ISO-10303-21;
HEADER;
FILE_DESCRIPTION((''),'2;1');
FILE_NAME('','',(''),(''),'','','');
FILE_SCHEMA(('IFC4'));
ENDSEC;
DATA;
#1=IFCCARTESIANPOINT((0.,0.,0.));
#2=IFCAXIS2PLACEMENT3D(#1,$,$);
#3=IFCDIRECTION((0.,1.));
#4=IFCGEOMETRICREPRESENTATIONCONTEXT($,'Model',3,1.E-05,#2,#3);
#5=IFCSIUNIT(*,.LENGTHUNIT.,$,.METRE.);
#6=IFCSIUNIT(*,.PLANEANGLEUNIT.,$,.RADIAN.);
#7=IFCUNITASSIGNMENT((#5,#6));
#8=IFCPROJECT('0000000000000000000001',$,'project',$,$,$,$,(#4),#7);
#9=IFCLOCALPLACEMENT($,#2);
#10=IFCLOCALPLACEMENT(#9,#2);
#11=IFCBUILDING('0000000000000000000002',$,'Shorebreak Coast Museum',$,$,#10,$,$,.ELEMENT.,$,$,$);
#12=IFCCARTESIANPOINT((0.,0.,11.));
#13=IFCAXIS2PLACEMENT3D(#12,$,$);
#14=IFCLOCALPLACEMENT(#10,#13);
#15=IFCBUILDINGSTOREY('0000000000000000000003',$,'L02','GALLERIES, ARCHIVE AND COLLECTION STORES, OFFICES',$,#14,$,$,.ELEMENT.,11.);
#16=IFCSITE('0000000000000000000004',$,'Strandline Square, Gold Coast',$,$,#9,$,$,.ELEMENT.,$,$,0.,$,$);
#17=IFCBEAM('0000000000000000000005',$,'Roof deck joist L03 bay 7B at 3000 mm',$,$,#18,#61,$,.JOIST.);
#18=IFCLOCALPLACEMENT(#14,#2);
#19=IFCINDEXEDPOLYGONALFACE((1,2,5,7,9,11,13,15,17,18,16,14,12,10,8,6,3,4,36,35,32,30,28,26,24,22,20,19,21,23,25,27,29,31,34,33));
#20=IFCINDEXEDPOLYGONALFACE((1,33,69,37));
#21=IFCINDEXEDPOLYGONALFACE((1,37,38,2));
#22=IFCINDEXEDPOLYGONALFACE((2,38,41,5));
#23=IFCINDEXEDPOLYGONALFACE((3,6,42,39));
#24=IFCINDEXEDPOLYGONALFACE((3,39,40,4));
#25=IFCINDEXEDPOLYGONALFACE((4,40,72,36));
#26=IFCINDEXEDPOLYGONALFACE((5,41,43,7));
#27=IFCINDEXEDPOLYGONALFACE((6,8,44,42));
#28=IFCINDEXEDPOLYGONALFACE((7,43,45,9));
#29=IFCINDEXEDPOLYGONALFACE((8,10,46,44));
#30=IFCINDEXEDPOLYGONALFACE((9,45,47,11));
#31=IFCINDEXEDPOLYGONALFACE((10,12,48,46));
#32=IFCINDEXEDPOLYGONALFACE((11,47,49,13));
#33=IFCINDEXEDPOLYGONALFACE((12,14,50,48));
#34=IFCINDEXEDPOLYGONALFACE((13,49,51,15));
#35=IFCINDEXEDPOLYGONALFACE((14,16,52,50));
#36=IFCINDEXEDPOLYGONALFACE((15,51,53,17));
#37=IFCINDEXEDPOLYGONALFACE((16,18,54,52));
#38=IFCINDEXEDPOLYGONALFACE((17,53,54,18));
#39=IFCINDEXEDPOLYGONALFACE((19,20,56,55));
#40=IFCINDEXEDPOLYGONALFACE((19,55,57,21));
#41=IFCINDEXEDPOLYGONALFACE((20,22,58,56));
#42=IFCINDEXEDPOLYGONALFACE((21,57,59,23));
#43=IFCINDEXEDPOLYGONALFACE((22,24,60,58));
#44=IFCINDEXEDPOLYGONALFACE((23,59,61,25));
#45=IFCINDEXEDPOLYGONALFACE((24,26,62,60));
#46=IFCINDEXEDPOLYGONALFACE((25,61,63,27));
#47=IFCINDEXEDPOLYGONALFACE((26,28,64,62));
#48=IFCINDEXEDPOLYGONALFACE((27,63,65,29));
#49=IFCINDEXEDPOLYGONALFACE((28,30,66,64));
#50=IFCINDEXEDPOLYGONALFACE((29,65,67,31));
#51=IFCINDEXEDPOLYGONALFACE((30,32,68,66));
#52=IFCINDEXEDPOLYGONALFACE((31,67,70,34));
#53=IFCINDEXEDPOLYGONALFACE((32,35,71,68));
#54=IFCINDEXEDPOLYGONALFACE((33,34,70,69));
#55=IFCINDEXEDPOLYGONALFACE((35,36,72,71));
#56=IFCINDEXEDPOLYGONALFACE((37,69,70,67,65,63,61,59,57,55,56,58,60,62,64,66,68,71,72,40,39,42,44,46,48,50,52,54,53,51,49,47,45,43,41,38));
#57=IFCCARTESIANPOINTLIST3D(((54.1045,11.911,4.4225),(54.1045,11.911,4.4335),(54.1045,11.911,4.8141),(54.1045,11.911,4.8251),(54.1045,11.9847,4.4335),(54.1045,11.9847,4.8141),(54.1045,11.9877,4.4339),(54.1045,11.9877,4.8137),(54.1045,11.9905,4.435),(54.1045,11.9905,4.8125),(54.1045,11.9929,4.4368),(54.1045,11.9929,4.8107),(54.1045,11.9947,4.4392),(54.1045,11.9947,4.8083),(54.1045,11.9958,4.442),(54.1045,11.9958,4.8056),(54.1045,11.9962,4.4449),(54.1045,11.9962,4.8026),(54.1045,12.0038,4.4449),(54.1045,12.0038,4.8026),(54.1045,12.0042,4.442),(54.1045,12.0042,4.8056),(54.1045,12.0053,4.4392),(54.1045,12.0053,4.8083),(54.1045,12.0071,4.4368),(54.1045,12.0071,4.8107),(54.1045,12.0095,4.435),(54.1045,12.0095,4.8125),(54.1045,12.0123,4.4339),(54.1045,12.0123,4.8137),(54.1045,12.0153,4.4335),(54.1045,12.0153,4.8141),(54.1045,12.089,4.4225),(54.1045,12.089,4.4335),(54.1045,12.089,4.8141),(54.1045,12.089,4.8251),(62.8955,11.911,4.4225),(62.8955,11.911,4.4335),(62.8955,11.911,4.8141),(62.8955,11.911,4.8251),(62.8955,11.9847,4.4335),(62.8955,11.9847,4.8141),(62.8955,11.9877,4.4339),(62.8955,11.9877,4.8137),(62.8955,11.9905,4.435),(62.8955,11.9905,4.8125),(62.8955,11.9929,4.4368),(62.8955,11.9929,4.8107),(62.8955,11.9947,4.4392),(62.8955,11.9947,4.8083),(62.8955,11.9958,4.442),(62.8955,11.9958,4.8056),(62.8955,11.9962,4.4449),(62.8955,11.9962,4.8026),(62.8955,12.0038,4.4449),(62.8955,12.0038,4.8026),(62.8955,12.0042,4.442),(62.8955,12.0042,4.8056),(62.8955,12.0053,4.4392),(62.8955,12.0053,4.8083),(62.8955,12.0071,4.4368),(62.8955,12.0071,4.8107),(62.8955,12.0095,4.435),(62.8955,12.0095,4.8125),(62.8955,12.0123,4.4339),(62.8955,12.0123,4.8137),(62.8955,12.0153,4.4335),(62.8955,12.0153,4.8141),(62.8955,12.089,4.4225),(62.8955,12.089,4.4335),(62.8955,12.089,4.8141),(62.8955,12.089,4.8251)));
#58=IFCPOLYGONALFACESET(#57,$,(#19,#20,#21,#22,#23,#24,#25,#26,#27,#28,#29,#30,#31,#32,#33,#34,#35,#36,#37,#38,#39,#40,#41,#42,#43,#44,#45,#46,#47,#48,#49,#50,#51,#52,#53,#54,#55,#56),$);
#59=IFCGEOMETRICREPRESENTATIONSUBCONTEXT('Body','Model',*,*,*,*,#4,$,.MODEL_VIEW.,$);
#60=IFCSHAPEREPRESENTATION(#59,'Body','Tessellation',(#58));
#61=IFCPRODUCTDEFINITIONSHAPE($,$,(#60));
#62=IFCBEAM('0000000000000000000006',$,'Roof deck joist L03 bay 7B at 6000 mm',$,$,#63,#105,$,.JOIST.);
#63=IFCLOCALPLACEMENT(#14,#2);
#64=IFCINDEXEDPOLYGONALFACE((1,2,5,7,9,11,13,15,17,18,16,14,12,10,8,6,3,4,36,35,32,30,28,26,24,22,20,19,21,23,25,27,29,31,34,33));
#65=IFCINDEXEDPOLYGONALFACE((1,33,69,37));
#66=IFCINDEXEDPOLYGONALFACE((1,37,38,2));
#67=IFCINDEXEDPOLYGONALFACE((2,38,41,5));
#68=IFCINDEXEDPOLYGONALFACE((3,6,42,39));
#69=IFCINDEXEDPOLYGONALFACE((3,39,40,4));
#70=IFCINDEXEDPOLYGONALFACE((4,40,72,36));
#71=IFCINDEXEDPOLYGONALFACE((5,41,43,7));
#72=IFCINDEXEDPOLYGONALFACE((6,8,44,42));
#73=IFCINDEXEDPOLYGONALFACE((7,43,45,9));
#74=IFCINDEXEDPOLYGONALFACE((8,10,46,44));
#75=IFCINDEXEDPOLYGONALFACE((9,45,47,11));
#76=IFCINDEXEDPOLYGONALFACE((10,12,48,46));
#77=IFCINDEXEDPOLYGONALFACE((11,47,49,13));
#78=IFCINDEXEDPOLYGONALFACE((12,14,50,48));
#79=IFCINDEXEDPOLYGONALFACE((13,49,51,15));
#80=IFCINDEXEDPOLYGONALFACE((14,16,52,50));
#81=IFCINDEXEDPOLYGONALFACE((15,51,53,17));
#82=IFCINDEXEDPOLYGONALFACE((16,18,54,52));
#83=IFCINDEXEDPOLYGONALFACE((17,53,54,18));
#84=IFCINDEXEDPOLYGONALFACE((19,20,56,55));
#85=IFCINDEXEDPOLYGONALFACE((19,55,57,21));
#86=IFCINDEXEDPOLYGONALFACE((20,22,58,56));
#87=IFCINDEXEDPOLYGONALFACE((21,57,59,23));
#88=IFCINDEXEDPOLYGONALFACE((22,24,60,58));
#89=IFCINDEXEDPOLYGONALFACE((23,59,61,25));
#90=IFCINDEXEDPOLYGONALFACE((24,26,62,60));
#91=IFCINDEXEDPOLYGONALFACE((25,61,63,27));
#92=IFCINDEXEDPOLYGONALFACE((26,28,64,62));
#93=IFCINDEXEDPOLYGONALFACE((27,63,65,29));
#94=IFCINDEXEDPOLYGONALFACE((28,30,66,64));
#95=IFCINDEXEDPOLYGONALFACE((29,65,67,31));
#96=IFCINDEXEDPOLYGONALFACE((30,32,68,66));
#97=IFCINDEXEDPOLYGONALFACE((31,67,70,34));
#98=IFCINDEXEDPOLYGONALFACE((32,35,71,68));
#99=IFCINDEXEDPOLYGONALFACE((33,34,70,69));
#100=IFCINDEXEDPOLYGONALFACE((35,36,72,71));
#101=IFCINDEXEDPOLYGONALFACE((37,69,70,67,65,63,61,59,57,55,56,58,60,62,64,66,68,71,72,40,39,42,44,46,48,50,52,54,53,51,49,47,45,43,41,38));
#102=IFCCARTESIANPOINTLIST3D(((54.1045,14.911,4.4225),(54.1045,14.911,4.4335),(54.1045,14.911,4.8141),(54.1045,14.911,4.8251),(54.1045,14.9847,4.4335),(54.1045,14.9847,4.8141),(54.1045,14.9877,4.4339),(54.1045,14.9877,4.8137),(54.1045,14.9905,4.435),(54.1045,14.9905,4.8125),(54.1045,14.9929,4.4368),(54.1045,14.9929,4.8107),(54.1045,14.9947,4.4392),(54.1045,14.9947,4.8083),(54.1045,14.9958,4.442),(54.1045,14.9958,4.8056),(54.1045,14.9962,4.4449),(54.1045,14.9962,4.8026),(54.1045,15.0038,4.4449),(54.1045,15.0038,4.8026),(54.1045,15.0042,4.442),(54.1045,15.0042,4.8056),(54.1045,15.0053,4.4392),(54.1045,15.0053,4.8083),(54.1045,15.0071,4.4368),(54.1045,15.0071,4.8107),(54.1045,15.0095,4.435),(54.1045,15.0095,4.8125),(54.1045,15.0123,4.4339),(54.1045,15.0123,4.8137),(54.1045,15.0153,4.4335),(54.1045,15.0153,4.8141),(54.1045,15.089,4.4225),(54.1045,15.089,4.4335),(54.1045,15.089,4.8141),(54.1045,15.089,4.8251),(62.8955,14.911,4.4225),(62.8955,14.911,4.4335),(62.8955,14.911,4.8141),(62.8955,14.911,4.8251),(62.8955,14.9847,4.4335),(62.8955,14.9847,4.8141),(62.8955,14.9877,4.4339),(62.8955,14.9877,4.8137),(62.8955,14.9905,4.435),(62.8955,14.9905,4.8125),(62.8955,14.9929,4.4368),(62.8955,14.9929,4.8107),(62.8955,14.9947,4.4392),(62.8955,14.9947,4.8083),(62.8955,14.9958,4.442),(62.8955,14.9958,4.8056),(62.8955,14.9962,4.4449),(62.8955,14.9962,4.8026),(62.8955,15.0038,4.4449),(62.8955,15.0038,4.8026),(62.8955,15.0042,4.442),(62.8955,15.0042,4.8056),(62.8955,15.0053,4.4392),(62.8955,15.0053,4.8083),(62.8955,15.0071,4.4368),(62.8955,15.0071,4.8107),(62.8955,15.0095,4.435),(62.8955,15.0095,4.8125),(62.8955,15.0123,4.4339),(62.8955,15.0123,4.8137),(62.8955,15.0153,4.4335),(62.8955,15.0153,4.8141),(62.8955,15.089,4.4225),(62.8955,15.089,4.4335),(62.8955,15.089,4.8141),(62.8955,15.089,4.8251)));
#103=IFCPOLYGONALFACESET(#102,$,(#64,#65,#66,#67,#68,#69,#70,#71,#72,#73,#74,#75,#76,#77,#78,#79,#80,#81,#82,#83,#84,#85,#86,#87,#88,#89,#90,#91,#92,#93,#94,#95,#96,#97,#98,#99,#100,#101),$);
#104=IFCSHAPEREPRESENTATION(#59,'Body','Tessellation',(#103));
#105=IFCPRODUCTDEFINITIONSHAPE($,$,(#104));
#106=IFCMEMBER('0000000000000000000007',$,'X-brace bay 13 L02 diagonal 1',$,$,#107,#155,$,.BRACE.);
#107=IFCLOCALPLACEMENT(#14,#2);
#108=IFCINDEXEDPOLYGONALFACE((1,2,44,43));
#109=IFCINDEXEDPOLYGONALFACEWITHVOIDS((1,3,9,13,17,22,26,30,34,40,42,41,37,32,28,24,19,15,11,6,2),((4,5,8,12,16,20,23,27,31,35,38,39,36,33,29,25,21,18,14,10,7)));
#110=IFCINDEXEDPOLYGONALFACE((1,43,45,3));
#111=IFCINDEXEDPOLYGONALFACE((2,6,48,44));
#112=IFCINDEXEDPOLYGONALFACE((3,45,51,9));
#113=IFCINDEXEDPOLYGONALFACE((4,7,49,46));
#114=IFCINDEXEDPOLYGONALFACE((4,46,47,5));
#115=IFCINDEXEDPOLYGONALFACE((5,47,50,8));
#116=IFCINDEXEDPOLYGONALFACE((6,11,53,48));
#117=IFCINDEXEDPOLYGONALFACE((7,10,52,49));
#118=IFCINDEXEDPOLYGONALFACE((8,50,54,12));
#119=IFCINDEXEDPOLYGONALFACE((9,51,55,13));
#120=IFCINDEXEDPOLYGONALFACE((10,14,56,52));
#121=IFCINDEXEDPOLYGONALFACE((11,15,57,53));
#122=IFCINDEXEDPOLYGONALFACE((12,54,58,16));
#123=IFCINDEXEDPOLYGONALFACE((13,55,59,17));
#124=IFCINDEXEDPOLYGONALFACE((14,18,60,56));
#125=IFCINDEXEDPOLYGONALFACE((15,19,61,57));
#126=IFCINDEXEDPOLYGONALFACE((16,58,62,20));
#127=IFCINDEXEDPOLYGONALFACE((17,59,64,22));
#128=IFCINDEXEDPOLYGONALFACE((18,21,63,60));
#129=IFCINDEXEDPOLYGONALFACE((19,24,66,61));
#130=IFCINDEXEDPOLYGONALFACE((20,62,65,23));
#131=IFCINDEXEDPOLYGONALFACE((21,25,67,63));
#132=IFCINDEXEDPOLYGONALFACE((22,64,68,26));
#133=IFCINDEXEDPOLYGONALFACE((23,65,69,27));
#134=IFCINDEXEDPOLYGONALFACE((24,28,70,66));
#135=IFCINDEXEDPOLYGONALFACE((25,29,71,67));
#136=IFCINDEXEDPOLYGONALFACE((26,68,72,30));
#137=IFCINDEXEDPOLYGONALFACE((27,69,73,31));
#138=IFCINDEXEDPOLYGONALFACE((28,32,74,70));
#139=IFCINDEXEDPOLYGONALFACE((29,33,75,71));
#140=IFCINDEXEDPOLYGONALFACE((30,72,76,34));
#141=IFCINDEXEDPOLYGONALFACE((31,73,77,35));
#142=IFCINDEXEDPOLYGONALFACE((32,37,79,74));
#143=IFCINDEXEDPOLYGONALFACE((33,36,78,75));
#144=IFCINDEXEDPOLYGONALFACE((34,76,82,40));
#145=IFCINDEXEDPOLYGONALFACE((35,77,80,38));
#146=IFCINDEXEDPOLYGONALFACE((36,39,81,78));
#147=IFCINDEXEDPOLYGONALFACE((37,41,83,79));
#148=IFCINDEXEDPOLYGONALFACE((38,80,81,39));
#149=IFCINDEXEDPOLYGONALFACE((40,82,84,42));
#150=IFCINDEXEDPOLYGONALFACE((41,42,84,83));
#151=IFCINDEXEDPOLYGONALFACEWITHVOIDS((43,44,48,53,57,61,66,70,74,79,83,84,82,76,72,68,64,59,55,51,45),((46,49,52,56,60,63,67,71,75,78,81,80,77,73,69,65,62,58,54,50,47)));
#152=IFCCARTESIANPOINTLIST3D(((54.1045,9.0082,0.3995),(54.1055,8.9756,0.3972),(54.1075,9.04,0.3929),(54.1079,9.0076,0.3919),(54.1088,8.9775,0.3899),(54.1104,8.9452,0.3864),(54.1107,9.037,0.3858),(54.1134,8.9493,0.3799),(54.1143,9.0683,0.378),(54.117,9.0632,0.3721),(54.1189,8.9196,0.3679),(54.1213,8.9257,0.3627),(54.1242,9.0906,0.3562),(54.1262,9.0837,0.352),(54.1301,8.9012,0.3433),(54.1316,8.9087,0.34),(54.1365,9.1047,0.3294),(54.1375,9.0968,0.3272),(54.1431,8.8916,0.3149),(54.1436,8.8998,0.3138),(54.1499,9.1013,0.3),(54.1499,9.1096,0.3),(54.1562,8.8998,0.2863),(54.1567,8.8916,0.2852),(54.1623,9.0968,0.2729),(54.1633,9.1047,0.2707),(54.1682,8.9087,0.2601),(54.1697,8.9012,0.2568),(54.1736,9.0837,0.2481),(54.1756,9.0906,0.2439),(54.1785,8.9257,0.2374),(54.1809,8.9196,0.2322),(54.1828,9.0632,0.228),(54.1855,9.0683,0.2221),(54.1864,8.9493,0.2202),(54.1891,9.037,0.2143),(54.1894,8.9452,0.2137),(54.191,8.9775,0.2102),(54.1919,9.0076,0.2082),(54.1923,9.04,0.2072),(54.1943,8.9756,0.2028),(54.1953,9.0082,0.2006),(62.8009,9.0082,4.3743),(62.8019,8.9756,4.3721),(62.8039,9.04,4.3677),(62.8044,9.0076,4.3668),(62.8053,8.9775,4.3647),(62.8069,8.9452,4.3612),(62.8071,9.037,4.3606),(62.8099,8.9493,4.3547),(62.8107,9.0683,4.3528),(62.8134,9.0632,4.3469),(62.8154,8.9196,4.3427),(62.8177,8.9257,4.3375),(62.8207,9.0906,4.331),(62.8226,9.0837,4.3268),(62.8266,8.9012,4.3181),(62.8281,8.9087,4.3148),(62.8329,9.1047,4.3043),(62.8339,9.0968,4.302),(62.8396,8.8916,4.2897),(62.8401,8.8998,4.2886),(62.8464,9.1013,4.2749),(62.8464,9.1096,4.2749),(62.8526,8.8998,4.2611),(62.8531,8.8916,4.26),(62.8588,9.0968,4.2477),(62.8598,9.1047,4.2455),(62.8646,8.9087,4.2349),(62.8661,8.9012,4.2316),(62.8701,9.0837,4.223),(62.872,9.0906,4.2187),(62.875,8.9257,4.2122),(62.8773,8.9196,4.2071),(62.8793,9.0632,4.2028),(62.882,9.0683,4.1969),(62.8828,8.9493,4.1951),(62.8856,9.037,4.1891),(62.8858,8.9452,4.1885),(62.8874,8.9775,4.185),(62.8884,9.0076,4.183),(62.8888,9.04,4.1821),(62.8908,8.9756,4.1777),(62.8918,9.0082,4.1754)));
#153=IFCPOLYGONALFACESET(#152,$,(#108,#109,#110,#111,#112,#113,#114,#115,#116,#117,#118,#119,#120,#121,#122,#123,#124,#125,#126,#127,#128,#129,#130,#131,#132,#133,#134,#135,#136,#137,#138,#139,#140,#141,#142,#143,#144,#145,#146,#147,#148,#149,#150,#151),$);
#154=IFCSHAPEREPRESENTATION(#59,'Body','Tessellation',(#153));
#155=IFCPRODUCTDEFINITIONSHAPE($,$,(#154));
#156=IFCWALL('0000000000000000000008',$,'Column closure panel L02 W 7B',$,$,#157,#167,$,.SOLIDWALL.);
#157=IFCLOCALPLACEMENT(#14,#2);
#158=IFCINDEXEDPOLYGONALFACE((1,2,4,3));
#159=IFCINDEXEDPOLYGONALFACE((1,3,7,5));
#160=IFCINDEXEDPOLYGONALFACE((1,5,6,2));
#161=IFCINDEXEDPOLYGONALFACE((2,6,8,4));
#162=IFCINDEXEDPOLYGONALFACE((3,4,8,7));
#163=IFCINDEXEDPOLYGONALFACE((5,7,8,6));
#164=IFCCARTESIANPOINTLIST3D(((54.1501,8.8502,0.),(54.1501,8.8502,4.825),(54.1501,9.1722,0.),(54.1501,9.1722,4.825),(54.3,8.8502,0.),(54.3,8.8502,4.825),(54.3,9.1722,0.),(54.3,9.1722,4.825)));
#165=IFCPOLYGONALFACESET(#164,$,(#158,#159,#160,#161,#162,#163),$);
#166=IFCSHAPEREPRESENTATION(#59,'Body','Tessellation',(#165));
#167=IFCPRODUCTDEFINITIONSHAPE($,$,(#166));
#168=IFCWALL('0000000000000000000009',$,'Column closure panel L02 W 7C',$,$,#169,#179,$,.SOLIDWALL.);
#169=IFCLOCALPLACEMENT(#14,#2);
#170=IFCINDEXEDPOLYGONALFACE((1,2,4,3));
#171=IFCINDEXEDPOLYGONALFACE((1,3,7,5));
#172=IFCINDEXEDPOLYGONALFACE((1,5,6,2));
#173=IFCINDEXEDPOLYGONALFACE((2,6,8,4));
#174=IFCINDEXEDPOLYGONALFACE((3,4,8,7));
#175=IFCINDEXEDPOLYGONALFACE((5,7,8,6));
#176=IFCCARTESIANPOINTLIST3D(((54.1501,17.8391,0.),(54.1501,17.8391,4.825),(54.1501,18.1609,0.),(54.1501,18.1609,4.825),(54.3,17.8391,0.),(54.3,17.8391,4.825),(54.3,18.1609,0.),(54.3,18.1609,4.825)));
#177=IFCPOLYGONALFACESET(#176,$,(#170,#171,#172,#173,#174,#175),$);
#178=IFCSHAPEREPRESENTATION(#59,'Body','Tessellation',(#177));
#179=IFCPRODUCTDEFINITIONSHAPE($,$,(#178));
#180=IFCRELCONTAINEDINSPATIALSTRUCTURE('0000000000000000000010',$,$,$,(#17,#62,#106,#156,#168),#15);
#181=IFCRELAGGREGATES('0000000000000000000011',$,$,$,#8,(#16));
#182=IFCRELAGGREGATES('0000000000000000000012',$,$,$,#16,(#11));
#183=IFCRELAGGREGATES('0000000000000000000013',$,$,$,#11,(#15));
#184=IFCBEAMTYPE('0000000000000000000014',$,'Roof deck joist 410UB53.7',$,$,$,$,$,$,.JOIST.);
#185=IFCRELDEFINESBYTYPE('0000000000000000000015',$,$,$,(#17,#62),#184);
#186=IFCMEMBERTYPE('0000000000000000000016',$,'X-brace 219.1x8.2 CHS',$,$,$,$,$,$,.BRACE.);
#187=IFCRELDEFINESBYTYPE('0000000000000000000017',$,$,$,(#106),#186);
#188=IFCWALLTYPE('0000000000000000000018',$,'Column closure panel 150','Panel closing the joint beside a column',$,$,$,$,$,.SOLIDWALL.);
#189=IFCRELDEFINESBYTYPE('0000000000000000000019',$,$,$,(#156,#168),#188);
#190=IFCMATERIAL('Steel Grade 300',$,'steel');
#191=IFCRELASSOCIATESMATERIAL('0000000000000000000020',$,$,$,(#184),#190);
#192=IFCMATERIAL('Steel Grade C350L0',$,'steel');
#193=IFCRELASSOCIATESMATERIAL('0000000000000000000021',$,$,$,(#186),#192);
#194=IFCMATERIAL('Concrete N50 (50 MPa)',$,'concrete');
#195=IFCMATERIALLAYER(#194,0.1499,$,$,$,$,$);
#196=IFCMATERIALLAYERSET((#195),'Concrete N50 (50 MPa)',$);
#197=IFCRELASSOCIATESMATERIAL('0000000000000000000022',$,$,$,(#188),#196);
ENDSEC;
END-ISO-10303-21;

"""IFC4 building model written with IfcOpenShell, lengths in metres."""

from ifc_helpers import new_model, si_unit, direction, frame, frame_2d, origin, origin_2d, place, context, subcontext, project, spatial, rectangle, hollow_circle, i_section, extrude, material, layer, layer_set, material_profile, profile_set, type_object, element, save


model = new_model("IFC4")

# Units and contexts
model_context = context("Model", 3, precision=1e-05, world=origin(), true_north=direction((0.0, 1.0)))
body_context = subcontext(model_context, "Body", "Model", "MODEL_VIEW")
ifc_project = project(units=[si_unit("LENGTHUNIT", "METRE"), si_unit("PLANEANGLEUNIT", "RADIAN")], contexts=[model_context])

# Site, building, storey
site_placement = place(None, origin())
site = spatial("IfcSite", under=ifc_project, at=site_placement, Name="Strandline Square, Gold Coast", CompositionType="ELEMENT", RefElevation=0.0)
building_placement = place(site_placement, origin())
building = spatial("IfcBuilding", under=site, at=building_placement, Name="Shorebreak Coast Museum", CompositionType="ELEMENT")
storey_placement = place(building_placement, frame((0.0, 0.0, 11.0)))
storey = spatial("IfcBuildingStorey", under=building, at=storey_placement, Name="L02", Description="GALLERIES, ARCHIVE AND COLLECTION STORES, OFFICES", CompositionType="ELEMENT", Elevation=11.0)

# Beams
ifc_material_1 = material(Name="Steel Grade 300", Category="steel")
ifc_material_profile_1 = material_profile(ifc_material_1, i_section(OverallWidth=0.178, OverallDepth=0.4026, WebThickness=0.0076, FlangeThickness=0.011, FilletRadius=0.0115, at=origin_2d()), Name="410UB53.7")
ifc_profile_set_1 = profile_set([ifc_material_profile_1], Name="Steel Grade 300")
beam_type_1 = type_object("IfcBeamType", Name="Roof deck joist 410UB53.7", PredefinedType="JOIST", material=ifc_profile_set_1)
for number, where, z_axis, x_axis, name in (
    (1, (54.1045, 12.0, 4.6238), (1.0, 0.0, 0.0), (0.0, 1.0, 0.0), "Roof deck joist L03 bay 7B at 3000 mm"),
    (2, (54.1045, 15.0, 4.6238), (1.0, 0.0, 0.0), (0.0, 1.0, 0.0), "Roof deck joist L03 bay 7B at 6000 mm"),
):
    element("IfcBeam", number, at=place(storey_placement, frame(where, z_axis=z_axis, x_axis=x_axis)), inside=storey, type_object=beam_type_1, Name=name, PredefinedType="JOIST", context=body_context, shape_type="SweptSolid", body=[
        extrude(i_section(OverallWidth=0.178, OverallDepth=0.4026, WebThickness=0.0076, FlangeThickness=0.011, FilletRadius=0.0115, at=origin_2d()), origin(), (0.0, 0.0, 1.0), 8.791),
    ])

# Member
ifc_material_2 = material(Name="Steel Grade C350L0", Category="steel")
ifc_material_profile_2 = material_profile(ifc_material_2, hollow_circle(Radius=0.1096, WallThickness=0.0083, at=origin_2d()), Name="219.1x8.2 CHS")
ifc_profile_set_2 = profile_set([ifc_material_profile_2], Name="Steel Grade C350L0")
member_type = type_object("IfcMemberType", Name="X-brace 219.1x8.2 CHS", PredefinedType="BRACE", material=ifc_profile_set_2)
member_placement = place(storey_placement, frame((54.1499, 9.0, 0.3), z_axis=(0.909502, 0.0, 0.415699), x_axis=(0.0, 1.0, 0.0)))
element("IfcMember", 3, at=member_placement, inside=storey, type_object=member_type, Name="X-brace bay 13 L02 diagonal 1", PredefinedType="BRACE", context=body_context, shape_type="SweptSolid", body=[
    extrude(hollow_circle(Radius=0.1096, WallThickness=0.0083, at=origin_2d()), origin(), (0.0, 0.0, 1.0), 9.5618),
])

# Walls
ifc_material_3 = material(Name="Concrete N50 (50 MPa)", Category="concrete")
ifc_layer_1 = layer(ifc_material_3, 0.1499)
ifc_layer_set_1 = layer_set([ifc_layer_1], Name="Concrete N50 (50 MPa)")
wall_type_1 = type_object("IfcWallType", Name="Column closure panel 150", Description="Panel closing the joint beside a column", PredefinedType="SOLIDWALL", material=ifc_layer_set_1)
wall_1_placement = place(storey_placement, frame((54.2251, 8.8501, 0.0), z_axis=(0.0, 0.0, 1.0), x_axis=(0.0, 1.0, 0.0)))
element("IfcWall", 4, at=wall_1_placement, inside=storey, type_object=wall_type_1, Name="Column closure panel L02 W 7B", PredefinedType="SOLIDWALL", context=body_context, shape_type="SweptSolid", body=[
    extrude(rectangle(XDim=0.322, YDim=0.1499, at=frame_2d((0.1611, 0.0))), origin(), (0.0, 0.0, 1.0), 4.825),
])
wall_2_placement = place(storey_placement, frame((54.2251, 17.8391, 0.0), z_axis=(0.0, 0.0, 1.0), x_axis=(0.0, 1.0, 0.0)))
element("IfcWall", 5, at=wall_2_placement, inside=storey, type_object=wall_type_1, Name="Column closure panel L02 W 7C", PredefinedType="SOLIDWALL", context=body_context, shape_type="SweptSolid", body=[
    extrude(rectangle(XDim=0.3218, YDim=0.1499, at=frame_2d((0.1609, 0.0))), origin(), (0.0, 0.0, 1.0), 4.825),
])

save(model, "model.ifc")
